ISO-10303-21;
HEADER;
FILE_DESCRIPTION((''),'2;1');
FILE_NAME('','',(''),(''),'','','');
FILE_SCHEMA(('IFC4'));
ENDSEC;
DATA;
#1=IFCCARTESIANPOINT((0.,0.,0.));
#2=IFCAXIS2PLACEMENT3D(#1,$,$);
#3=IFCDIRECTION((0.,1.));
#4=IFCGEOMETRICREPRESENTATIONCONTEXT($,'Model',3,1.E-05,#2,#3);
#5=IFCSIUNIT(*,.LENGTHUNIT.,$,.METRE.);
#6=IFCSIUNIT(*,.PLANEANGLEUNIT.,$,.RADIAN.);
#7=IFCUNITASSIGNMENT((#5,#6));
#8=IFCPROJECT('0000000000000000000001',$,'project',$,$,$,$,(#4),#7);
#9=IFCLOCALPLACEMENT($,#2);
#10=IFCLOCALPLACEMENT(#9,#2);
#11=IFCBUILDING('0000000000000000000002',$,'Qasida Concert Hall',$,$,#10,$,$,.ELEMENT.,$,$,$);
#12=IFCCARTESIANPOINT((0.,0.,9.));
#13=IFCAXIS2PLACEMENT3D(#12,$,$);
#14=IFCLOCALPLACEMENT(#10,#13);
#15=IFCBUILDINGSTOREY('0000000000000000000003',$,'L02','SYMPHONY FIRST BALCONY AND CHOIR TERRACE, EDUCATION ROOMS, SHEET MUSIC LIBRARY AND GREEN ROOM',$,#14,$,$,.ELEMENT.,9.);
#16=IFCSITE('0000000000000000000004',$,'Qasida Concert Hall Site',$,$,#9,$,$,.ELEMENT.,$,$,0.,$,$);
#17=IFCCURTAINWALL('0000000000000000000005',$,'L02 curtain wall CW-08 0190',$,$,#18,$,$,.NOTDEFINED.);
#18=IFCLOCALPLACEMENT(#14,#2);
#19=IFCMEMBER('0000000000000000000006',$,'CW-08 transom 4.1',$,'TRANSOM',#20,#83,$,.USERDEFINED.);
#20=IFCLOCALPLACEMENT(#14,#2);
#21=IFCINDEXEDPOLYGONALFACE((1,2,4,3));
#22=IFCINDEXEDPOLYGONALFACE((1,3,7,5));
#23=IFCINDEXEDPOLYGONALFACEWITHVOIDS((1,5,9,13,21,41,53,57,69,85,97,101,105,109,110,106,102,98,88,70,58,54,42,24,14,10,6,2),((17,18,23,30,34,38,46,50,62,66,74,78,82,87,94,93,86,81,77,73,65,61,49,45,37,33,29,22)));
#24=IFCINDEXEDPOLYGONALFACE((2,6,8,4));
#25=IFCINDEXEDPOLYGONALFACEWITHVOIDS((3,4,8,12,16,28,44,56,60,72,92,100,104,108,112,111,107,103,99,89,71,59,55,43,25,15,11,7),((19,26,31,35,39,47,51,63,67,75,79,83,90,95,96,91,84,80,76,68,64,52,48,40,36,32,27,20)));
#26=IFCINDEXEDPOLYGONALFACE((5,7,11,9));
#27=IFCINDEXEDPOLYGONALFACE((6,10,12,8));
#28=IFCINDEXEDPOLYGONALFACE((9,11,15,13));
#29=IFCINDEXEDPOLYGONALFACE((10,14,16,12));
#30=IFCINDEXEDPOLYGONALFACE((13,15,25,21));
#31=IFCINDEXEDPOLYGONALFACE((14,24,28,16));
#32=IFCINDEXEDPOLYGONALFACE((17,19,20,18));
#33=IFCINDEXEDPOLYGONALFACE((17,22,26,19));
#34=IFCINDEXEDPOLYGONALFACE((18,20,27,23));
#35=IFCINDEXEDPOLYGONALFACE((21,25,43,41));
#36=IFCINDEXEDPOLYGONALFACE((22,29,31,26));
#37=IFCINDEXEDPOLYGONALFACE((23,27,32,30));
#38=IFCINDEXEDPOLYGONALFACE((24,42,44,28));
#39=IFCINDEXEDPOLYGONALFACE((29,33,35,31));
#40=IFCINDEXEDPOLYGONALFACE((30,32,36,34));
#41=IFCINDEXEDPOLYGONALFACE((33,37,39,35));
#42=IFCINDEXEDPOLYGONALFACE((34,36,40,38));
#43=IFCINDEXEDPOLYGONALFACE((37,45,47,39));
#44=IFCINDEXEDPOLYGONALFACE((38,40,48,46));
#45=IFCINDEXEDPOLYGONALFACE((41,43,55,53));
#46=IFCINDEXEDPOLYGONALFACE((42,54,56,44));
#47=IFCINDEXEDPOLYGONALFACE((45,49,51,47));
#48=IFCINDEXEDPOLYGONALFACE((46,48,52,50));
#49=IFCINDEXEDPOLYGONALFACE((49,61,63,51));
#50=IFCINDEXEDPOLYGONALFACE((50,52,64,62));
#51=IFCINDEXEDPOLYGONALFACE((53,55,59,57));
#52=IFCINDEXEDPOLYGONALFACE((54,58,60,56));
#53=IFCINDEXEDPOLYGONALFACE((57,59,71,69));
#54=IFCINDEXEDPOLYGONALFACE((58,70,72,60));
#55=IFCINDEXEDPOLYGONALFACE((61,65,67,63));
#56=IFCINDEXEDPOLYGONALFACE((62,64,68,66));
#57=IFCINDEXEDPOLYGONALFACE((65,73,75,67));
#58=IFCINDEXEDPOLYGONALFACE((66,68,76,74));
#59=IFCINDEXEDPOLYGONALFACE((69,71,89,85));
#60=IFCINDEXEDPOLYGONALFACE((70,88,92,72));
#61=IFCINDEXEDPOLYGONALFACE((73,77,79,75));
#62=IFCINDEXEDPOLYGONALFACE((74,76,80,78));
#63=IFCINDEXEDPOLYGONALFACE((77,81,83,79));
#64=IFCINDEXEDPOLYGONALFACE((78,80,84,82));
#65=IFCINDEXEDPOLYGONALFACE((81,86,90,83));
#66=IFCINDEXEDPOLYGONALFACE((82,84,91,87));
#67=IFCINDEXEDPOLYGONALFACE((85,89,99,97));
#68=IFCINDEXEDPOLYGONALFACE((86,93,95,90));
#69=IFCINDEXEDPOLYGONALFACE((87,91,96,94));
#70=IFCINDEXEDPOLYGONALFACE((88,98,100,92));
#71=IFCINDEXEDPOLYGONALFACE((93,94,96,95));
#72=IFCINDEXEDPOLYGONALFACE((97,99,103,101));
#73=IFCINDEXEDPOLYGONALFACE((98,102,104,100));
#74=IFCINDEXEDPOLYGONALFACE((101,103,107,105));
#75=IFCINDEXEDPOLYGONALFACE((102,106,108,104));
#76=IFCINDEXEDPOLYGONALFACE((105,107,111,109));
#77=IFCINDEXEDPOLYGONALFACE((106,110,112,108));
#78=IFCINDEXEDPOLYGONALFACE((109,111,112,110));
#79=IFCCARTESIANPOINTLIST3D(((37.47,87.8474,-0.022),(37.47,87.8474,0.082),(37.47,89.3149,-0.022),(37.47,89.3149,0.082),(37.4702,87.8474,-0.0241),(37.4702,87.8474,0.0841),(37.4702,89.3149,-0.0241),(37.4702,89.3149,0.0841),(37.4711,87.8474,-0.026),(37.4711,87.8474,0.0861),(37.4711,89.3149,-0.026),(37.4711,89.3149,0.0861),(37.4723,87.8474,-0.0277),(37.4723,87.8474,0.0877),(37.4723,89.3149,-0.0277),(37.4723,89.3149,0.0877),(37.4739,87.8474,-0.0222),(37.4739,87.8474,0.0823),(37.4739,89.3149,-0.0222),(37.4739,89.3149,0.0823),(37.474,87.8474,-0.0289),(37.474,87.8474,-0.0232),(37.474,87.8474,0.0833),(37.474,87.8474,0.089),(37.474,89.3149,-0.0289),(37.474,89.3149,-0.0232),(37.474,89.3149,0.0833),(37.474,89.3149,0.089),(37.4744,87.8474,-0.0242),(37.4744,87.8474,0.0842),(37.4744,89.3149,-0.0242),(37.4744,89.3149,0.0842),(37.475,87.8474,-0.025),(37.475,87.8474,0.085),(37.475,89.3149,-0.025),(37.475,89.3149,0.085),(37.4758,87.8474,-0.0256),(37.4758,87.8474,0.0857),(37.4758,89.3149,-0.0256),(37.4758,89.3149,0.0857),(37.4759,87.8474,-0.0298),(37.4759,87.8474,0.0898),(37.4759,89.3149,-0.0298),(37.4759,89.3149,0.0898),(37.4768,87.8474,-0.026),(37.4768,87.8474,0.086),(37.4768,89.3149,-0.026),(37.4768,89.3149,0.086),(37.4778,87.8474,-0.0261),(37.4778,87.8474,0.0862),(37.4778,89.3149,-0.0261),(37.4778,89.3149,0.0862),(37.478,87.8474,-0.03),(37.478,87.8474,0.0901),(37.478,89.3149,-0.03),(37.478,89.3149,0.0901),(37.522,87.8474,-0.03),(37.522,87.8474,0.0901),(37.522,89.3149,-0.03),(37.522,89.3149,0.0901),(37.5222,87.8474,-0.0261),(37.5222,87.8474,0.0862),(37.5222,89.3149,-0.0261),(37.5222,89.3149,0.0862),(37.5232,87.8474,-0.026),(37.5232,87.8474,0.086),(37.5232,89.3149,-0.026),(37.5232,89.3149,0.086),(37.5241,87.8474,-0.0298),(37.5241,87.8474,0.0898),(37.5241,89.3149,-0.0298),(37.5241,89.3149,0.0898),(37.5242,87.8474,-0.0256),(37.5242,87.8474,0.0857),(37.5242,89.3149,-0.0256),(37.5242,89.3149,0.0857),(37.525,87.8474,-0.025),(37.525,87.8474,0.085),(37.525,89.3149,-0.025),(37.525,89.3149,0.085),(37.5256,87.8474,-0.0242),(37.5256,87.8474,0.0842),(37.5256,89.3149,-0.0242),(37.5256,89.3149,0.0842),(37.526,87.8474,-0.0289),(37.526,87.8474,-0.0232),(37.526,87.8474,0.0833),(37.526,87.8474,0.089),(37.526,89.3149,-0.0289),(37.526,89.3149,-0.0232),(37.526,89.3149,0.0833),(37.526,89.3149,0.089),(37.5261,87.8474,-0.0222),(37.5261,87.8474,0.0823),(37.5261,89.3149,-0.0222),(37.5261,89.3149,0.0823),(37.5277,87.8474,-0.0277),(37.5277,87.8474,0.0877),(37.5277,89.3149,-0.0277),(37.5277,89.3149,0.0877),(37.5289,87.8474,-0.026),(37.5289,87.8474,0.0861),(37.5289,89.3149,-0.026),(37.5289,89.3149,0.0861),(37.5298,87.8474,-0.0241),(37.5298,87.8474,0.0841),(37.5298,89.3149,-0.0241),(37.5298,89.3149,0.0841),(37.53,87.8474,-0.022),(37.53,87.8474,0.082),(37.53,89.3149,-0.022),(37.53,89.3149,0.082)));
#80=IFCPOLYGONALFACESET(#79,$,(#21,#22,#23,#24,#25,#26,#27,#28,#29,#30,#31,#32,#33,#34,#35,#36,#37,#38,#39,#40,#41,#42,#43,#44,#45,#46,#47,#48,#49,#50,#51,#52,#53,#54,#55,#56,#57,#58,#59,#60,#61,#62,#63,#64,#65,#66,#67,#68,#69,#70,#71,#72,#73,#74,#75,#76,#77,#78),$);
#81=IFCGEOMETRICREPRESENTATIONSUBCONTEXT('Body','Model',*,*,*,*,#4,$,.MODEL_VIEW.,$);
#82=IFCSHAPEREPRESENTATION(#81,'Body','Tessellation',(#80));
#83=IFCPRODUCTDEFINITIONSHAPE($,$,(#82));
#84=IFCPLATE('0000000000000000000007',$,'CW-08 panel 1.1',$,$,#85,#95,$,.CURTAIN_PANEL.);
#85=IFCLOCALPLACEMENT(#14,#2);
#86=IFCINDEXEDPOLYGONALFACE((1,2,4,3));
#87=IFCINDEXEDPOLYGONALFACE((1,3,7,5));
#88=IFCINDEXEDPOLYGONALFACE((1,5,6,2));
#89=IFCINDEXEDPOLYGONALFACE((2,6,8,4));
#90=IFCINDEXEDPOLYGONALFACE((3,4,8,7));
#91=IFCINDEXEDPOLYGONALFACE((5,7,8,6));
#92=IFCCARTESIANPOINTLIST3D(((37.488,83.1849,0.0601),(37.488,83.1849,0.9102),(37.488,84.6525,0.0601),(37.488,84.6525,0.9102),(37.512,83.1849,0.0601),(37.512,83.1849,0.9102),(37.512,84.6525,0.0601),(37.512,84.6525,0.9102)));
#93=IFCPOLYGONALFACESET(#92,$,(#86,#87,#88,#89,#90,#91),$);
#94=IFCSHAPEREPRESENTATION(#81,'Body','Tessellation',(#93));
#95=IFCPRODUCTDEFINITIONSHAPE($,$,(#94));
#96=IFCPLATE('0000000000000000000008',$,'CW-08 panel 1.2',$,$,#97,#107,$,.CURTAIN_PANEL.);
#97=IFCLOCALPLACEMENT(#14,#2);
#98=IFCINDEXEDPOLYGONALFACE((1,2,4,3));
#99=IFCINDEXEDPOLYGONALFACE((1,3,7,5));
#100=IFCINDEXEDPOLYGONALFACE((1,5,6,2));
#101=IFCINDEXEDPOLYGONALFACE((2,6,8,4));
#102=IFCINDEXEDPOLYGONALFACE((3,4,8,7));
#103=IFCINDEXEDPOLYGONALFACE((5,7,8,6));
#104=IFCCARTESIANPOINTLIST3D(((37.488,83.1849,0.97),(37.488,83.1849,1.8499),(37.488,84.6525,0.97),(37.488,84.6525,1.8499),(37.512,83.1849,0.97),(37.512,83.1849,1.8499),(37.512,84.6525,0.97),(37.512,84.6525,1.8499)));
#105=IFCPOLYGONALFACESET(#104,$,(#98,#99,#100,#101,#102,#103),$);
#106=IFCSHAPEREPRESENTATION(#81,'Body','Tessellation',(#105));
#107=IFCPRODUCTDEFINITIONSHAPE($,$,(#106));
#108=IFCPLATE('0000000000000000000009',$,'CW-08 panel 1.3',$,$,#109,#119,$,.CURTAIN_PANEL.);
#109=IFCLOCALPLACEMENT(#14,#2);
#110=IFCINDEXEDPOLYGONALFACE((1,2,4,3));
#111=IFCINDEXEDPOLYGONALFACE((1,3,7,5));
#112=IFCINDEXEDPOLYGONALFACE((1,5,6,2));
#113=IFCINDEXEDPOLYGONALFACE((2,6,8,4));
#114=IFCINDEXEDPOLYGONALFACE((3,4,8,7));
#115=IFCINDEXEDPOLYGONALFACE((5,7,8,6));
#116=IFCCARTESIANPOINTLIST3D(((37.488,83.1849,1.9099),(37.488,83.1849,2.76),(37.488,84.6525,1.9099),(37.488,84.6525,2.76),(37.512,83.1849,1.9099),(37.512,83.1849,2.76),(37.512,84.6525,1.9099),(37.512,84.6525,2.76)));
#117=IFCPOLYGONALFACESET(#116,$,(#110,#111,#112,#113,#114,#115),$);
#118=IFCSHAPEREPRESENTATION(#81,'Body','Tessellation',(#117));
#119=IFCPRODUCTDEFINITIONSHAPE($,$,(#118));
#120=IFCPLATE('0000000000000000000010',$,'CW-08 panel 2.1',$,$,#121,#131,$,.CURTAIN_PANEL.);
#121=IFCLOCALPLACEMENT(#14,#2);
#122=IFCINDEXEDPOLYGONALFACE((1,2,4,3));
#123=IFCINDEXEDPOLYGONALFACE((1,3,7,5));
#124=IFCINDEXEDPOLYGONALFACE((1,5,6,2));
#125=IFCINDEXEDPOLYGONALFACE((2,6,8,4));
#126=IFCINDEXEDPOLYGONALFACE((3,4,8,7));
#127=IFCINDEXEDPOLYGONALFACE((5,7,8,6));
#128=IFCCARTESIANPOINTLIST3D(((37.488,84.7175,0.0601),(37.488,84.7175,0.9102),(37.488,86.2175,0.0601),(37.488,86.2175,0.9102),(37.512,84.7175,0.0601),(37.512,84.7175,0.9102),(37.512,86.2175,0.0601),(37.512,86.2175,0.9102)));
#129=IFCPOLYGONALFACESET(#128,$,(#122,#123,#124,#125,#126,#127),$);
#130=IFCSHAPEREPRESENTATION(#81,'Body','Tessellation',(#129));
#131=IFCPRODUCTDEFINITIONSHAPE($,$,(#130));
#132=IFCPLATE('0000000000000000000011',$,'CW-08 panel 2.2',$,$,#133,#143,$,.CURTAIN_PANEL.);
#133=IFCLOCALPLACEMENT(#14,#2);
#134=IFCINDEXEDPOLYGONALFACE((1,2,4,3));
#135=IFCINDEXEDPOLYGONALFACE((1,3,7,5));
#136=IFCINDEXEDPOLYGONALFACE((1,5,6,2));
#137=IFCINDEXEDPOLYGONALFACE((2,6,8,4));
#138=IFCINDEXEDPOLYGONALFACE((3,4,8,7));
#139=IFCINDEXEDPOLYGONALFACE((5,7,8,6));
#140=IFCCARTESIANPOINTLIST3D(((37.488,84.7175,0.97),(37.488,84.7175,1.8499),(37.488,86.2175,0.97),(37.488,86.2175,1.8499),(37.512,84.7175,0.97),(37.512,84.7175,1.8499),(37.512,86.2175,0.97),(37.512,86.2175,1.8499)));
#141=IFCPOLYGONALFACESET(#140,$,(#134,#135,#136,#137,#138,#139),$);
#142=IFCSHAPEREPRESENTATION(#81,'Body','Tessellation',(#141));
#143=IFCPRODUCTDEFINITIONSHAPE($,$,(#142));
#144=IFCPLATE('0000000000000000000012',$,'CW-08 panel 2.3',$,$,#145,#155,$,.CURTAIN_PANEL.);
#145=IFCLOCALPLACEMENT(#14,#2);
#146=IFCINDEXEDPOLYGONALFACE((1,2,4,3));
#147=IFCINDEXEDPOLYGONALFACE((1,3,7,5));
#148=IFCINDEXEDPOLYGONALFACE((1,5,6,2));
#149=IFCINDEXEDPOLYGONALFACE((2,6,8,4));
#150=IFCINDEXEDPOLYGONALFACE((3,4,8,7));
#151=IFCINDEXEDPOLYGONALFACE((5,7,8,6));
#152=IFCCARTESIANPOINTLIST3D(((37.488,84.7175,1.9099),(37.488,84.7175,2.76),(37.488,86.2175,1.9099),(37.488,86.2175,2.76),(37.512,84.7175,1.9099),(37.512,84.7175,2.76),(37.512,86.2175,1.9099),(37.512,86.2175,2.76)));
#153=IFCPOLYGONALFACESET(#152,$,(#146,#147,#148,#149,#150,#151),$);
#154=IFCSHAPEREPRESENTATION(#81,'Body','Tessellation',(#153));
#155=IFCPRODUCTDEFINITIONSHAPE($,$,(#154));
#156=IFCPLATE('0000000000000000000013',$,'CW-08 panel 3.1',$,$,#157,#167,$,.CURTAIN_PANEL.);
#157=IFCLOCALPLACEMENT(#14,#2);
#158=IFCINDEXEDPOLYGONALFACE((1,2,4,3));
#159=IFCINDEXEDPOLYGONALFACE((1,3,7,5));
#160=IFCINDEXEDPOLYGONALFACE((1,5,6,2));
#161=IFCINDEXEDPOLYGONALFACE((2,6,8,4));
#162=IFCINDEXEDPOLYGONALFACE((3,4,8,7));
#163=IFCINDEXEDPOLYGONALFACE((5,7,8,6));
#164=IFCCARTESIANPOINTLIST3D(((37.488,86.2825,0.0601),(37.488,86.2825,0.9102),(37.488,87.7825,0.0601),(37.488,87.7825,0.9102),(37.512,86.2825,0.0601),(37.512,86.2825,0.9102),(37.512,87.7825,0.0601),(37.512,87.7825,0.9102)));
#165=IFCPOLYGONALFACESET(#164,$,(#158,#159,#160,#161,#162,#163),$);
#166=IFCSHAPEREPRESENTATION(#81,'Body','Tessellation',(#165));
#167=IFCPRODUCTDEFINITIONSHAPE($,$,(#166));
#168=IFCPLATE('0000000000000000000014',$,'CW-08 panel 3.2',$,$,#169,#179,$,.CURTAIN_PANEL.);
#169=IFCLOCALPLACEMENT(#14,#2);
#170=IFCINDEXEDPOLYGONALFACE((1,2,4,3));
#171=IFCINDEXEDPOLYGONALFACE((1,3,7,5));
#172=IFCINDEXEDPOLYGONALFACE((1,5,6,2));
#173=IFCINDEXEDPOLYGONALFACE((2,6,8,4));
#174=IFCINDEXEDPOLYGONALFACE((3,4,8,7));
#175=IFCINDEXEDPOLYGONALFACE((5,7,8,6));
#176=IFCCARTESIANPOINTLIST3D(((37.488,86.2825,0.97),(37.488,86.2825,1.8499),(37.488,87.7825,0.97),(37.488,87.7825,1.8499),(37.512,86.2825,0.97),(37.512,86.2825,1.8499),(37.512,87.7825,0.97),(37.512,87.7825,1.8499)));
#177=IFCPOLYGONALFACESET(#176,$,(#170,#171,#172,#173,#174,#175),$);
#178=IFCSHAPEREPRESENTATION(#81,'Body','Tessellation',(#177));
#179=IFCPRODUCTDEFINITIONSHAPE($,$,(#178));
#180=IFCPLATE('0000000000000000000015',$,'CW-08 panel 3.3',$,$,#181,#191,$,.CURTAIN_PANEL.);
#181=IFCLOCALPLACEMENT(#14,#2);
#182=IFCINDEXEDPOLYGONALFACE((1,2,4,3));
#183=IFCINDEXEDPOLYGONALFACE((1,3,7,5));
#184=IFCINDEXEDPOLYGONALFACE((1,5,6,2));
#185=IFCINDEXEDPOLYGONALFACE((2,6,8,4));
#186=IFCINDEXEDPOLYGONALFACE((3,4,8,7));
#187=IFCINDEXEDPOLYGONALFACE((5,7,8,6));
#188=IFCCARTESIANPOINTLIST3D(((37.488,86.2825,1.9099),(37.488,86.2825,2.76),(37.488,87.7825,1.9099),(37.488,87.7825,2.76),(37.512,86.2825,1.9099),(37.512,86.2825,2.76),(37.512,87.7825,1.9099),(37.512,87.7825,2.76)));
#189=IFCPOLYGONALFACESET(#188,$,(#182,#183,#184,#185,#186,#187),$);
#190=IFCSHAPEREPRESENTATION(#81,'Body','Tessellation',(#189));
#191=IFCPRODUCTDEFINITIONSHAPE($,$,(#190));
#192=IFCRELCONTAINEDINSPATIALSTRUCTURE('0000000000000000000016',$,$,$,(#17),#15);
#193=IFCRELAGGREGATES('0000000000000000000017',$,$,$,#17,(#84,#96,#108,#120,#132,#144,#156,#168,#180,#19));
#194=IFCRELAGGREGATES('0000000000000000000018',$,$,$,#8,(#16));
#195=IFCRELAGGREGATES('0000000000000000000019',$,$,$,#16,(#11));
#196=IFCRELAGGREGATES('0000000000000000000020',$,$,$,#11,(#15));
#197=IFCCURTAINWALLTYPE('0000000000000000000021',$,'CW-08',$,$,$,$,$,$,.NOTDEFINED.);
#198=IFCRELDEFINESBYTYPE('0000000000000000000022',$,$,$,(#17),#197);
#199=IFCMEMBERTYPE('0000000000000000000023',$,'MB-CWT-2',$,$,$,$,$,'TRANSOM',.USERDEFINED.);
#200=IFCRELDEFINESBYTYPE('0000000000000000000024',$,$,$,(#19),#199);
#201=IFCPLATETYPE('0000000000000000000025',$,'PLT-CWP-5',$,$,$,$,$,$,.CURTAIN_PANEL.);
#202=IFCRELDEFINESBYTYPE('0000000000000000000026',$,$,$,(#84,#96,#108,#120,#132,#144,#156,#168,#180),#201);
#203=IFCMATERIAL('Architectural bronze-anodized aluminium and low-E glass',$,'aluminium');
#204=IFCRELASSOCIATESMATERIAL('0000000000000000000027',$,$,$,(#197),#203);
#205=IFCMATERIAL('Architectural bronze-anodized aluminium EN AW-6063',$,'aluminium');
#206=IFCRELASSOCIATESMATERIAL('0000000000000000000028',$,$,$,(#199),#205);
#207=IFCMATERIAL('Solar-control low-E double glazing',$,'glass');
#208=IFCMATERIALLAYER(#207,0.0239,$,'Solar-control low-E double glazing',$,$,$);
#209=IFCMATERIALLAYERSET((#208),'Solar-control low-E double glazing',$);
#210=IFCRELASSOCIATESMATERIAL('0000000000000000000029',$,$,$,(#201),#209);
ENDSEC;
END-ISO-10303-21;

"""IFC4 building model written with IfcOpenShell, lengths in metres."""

from ifc_helpers import new_model, si_unit, direction, frame, origin, origin_2d, place, context, subcontext, project, spatial, rectangle, hollow_rectangle, extrude, material, layer, layer_set, material_profile, profile_set, type_object, element, aggregate, save


model = new_model("IFC4")

# Units and contexts
model_context = context("Model", 3, precision=1e-05, world=origin(), true_north=direction((0.0, 1.0)))
body_context = subcontext(model_context, "Body", "Model", "MODEL_VIEW")
ifc_project = project(units=[si_unit("LENGTHUNIT", "METRE"), si_unit("PLANEANGLEUNIT", "RADIAN")], contexts=[model_context])

# Site, building, storey
site_placement = place(None, origin())
site = spatial("IfcSite", under=ifc_project, at=site_placement, Name="Qasida Concert Hall Site", CompositionType="ELEMENT", RefElevation=0.0)
building_placement = place(site_placement, origin())
building = spatial("IfcBuilding", under=site, at=building_placement, Name="Qasida Concert Hall", CompositionType="ELEMENT")
storey_placement = place(building_placement, frame((0.0, 0.0, 9.0)))
storey = spatial("IfcBuildingStorey", under=building, at=storey_placement, Name="L02", Description="SYMPHONY FIRST BALCONY AND CHOIR TERRACE, EDUCATION ROOMS, SHEET MUSIC LIBRARY AND GREEN ROOM", CompositionType="ELEMENT", Elevation=9.0)

# Curtain wall, member, plates
ifc_material_1 = material(Name="Architectural bronze-anodized aluminium and low-E glass", Category="aluminium")
curtain_wall_type = type_object("IfcCurtainWallType", Name="CW-08", PredefinedType="NOTDEFINED", material=ifc_material_1)
curtain_wall_placement = place(storey_placement, origin())
curtain_wall = element("IfcCurtainWall", 1, at=curtain_wall_placement, inside=storey, type_object=curtain_wall_type, Name="L02 curtain wall CW-08 0190", PredefinedType="NOTDEFINED")
ifc_material_2 = material(Name="Architectural bronze-anodized aluminium EN AW-6063", Category="aluminium")
ifc_material_profile_1 = material_profile(ifc_material_2, hollow_rectangle(XDim=0.0601, YDim=0.1201, WallThickness=0.0039, InnerFilletRadius=0.0039, OuterFilletRadius=0.0081, at=origin_2d()), Name="CWT 120x60x4")
ifc_profile_set_1 = profile_set([ifc_material_profile_1], Name="Architectural bronze-anodized aluminium EN AW-6063")
member_type_1 = type_object("IfcMemberType", Name="MB-CWT-2", ElementType="TRANSOM", PredefinedType="USERDEFINED", material=ifc_profile_set_1)
member_1_placement = place(storey_placement, frame((37.5, 87.8474, 0.03), z_axis=(0.0, 1.0, 0.0), x_axis=(-1.0, 0.0, 0.0)))
member_1 = element("IfcMember", 2, at=member_1_placement, type_object=member_type_1, Name="CW-08 transom 4.1", ObjectType="TRANSOM", PredefinedType="USERDEFINED", context=body_context, shape_type="SweptSolid", body=[
    extrude(hollow_rectangle(XDim=0.0601, YDim=0.1201, WallThickness=0.0039, InnerFilletRadius=0.0039, OuterFilletRadius=0.0081, at=origin_2d()), origin(), (0.0, 0.0, 1.0), 1.4675),
])
ifc_material_3 = material(Name="Solar-control low-E double glazing", Category="glass")
ifc_layer = layer(ifc_material_3, 0.0239, Name="Solar-control low-E double glazing")
ifc_layer_set = layer_set([ifc_layer], Name="Solar-control low-E double glazing")
plate_type = type_object("IfcPlateType", Name="PLT-CWP-5", PredefinedType="CURTAIN_PANEL", material=ifc_layer_set)
plate_1_placement = place(storey_placement, frame((37.5, 83.9187, 0.0601), z_axis=(0.0, 0.0, 1.0), x_axis=(0.0, 1.0, 0.0)))
plate_1 = element("IfcPlate", 3, at=plate_1_placement, type_object=plate_type, Name="CW-08 panel 1.1", PredefinedType="CURTAIN_PANEL", context=body_context, shape_type="SweptSolid", body=[
    extrude(rectangle(XDim=1.4675, YDim=0.0239, at=origin_2d()), origin(), (0.0, 0.0, 1.0), 0.8501),
])
plate_2_placement = place(storey_placement, frame((37.5, 83.9187, 0.97), z_axis=(0.0, 0.0, 1.0), x_axis=(0.0, 1.0, 0.0)))
plate_2 = element("IfcPlate", 4, at=plate_2_placement, type_object=plate_type, Name="CW-08 panel 1.2", PredefinedType="CURTAIN_PANEL", context=body_context, shape_type="SweptSolid", body=[
    extrude(rectangle(XDim=1.4675, YDim=0.0239, at=origin_2d()), origin(), (0.0, 0.0, 1.0), 0.8799),
])
plate_3_placement = place(storey_placement, frame((37.5, 83.9187, 1.9099), z_axis=(0.0, 0.0, 1.0), x_axis=(0.0, 1.0, 0.0)))
plate_3 = element("IfcPlate", 5, at=plate_3_placement, type_object=plate_type, Name="CW-08 panel 1.3", PredefinedType="CURTAIN_PANEL", context=body_context, shape_type="SweptSolid", body=[
    extrude(rectangle(XDim=1.4675, YDim=0.0239, at=origin_2d()), origin(), (0.0, 0.0, 1.0), 0.8501),
])
plate_4_placement = place(storey_placement, frame((37.5, 85.4675, 0.0601), z_axis=(0.0, 0.0, 1.0), x_axis=(0.0, 1.0, 0.0)))
plate_4 = element("IfcPlate", 6, at=plate_4_placement, type_object=plate_type, Name="CW-08 panel 2.1", PredefinedType="CURTAIN_PANEL", context=body_context, shape_type="SweptSolid", body=[
    extrude(rectangle(XDim=1.5, YDim=0.0239, at=origin_2d()), origin(), (0.0, 0.0, 1.0), 0.8501),
])
plate_5_placement = place(storey_placement, frame((37.5, 85.4675, 0.97), z_axis=(0.0, 0.0, 1.0), x_axis=(0.0, 1.0, 0.0)))
plate_5 = element("IfcPlate", 7, at=plate_5_placement, type_object=plate_type, Name="CW-08 panel 2.2", PredefinedType="CURTAIN_PANEL", context=body_context, shape_type="SweptSolid", body=[
    extrude(rectangle(XDim=1.5, YDim=0.0239, at=origin_2d()), origin(), (0.0, 0.0, 1.0), 0.8799),
])
plate_6_placement = place(storey_placement, frame((37.5, 85.4675, 1.9099), z_axis=(0.0, 0.0, 1.0), x_axis=(0.0, 1.0, 0.0)))
plate_6 = element("IfcPlate", 8, at=plate_6_placement, type_object=plate_type, Name="CW-08 panel 2.3", PredefinedType="CURTAIN_PANEL", context=body_context, shape_type="SweptSolid", body=[
    extrude(rectangle(XDim=1.5, YDim=0.0239, at=origin_2d()), origin(), (0.0, 0.0, 1.0), 0.8501),
])
plate_7_placement = place(storey_placement, frame((37.5, 87.0325, 0.0601), z_axis=(0.0, 0.0, 1.0), x_axis=(0.0, 1.0, 0.0)))
plate_7 = element("IfcPlate", 9, at=plate_7_placement, type_object=plate_type, Name="CW-08 panel 3.1", PredefinedType="CURTAIN_PANEL", context=body_context, shape_type="SweptSolid", body=[
    extrude(rectangle(XDim=1.5, YDim=0.0239, at=origin_2d()), origin(), (0.0, 0.0, 1.0), 0.8501),
])
plate_8_placement = place(storey_placement, frame((37.5, 87.0325, 0.97), z_axis=(0.0, 0.0, 1.0), x_axis=(0.0, 1.0, 0.0)))
plate_8 = element("IfcPlate", 10, at=plate_8_placement, type_object=plate_type, Name="CW-08 panel 3.2", PredefinedType="CURTAIN_PANEL", context=body_context, shape_type="SweptSolid", body=[
    extrude(rectangle(XDim=1.5, YDim=0.0239, at=origin_2d()), origin(), (0.0, 0.0, 1.0), 0.8799),
])
plate_9_placement = place(storey_placement, frame((37.5, 87.0325, 1.9099), z_axis=(0.0, 0.0, 1.0), x_axis=(0.0, 1.0, 0.0)))
plate_9 = element("IfcPlate", 11, at=plate_9_placement, type_object=plate_type, Name="CW-08 panel 3.3", PredefinedType="CURTAIN_PANEL", context=body_context, shape_type="SweptSolid", body=[
    extrude(rectangle(XDim=1.5, YDim=0.0239, at=origin_2d()), origin(), (0.0, 0.0, 1.0), 0.8501),
])
aggregate(curtain_wall, [plate_1, plate_2, plate_3, plate_4, plate_5, plate_6, plate_7, plate_8, plate_9, member_1])

save(model, "model.ifc")
